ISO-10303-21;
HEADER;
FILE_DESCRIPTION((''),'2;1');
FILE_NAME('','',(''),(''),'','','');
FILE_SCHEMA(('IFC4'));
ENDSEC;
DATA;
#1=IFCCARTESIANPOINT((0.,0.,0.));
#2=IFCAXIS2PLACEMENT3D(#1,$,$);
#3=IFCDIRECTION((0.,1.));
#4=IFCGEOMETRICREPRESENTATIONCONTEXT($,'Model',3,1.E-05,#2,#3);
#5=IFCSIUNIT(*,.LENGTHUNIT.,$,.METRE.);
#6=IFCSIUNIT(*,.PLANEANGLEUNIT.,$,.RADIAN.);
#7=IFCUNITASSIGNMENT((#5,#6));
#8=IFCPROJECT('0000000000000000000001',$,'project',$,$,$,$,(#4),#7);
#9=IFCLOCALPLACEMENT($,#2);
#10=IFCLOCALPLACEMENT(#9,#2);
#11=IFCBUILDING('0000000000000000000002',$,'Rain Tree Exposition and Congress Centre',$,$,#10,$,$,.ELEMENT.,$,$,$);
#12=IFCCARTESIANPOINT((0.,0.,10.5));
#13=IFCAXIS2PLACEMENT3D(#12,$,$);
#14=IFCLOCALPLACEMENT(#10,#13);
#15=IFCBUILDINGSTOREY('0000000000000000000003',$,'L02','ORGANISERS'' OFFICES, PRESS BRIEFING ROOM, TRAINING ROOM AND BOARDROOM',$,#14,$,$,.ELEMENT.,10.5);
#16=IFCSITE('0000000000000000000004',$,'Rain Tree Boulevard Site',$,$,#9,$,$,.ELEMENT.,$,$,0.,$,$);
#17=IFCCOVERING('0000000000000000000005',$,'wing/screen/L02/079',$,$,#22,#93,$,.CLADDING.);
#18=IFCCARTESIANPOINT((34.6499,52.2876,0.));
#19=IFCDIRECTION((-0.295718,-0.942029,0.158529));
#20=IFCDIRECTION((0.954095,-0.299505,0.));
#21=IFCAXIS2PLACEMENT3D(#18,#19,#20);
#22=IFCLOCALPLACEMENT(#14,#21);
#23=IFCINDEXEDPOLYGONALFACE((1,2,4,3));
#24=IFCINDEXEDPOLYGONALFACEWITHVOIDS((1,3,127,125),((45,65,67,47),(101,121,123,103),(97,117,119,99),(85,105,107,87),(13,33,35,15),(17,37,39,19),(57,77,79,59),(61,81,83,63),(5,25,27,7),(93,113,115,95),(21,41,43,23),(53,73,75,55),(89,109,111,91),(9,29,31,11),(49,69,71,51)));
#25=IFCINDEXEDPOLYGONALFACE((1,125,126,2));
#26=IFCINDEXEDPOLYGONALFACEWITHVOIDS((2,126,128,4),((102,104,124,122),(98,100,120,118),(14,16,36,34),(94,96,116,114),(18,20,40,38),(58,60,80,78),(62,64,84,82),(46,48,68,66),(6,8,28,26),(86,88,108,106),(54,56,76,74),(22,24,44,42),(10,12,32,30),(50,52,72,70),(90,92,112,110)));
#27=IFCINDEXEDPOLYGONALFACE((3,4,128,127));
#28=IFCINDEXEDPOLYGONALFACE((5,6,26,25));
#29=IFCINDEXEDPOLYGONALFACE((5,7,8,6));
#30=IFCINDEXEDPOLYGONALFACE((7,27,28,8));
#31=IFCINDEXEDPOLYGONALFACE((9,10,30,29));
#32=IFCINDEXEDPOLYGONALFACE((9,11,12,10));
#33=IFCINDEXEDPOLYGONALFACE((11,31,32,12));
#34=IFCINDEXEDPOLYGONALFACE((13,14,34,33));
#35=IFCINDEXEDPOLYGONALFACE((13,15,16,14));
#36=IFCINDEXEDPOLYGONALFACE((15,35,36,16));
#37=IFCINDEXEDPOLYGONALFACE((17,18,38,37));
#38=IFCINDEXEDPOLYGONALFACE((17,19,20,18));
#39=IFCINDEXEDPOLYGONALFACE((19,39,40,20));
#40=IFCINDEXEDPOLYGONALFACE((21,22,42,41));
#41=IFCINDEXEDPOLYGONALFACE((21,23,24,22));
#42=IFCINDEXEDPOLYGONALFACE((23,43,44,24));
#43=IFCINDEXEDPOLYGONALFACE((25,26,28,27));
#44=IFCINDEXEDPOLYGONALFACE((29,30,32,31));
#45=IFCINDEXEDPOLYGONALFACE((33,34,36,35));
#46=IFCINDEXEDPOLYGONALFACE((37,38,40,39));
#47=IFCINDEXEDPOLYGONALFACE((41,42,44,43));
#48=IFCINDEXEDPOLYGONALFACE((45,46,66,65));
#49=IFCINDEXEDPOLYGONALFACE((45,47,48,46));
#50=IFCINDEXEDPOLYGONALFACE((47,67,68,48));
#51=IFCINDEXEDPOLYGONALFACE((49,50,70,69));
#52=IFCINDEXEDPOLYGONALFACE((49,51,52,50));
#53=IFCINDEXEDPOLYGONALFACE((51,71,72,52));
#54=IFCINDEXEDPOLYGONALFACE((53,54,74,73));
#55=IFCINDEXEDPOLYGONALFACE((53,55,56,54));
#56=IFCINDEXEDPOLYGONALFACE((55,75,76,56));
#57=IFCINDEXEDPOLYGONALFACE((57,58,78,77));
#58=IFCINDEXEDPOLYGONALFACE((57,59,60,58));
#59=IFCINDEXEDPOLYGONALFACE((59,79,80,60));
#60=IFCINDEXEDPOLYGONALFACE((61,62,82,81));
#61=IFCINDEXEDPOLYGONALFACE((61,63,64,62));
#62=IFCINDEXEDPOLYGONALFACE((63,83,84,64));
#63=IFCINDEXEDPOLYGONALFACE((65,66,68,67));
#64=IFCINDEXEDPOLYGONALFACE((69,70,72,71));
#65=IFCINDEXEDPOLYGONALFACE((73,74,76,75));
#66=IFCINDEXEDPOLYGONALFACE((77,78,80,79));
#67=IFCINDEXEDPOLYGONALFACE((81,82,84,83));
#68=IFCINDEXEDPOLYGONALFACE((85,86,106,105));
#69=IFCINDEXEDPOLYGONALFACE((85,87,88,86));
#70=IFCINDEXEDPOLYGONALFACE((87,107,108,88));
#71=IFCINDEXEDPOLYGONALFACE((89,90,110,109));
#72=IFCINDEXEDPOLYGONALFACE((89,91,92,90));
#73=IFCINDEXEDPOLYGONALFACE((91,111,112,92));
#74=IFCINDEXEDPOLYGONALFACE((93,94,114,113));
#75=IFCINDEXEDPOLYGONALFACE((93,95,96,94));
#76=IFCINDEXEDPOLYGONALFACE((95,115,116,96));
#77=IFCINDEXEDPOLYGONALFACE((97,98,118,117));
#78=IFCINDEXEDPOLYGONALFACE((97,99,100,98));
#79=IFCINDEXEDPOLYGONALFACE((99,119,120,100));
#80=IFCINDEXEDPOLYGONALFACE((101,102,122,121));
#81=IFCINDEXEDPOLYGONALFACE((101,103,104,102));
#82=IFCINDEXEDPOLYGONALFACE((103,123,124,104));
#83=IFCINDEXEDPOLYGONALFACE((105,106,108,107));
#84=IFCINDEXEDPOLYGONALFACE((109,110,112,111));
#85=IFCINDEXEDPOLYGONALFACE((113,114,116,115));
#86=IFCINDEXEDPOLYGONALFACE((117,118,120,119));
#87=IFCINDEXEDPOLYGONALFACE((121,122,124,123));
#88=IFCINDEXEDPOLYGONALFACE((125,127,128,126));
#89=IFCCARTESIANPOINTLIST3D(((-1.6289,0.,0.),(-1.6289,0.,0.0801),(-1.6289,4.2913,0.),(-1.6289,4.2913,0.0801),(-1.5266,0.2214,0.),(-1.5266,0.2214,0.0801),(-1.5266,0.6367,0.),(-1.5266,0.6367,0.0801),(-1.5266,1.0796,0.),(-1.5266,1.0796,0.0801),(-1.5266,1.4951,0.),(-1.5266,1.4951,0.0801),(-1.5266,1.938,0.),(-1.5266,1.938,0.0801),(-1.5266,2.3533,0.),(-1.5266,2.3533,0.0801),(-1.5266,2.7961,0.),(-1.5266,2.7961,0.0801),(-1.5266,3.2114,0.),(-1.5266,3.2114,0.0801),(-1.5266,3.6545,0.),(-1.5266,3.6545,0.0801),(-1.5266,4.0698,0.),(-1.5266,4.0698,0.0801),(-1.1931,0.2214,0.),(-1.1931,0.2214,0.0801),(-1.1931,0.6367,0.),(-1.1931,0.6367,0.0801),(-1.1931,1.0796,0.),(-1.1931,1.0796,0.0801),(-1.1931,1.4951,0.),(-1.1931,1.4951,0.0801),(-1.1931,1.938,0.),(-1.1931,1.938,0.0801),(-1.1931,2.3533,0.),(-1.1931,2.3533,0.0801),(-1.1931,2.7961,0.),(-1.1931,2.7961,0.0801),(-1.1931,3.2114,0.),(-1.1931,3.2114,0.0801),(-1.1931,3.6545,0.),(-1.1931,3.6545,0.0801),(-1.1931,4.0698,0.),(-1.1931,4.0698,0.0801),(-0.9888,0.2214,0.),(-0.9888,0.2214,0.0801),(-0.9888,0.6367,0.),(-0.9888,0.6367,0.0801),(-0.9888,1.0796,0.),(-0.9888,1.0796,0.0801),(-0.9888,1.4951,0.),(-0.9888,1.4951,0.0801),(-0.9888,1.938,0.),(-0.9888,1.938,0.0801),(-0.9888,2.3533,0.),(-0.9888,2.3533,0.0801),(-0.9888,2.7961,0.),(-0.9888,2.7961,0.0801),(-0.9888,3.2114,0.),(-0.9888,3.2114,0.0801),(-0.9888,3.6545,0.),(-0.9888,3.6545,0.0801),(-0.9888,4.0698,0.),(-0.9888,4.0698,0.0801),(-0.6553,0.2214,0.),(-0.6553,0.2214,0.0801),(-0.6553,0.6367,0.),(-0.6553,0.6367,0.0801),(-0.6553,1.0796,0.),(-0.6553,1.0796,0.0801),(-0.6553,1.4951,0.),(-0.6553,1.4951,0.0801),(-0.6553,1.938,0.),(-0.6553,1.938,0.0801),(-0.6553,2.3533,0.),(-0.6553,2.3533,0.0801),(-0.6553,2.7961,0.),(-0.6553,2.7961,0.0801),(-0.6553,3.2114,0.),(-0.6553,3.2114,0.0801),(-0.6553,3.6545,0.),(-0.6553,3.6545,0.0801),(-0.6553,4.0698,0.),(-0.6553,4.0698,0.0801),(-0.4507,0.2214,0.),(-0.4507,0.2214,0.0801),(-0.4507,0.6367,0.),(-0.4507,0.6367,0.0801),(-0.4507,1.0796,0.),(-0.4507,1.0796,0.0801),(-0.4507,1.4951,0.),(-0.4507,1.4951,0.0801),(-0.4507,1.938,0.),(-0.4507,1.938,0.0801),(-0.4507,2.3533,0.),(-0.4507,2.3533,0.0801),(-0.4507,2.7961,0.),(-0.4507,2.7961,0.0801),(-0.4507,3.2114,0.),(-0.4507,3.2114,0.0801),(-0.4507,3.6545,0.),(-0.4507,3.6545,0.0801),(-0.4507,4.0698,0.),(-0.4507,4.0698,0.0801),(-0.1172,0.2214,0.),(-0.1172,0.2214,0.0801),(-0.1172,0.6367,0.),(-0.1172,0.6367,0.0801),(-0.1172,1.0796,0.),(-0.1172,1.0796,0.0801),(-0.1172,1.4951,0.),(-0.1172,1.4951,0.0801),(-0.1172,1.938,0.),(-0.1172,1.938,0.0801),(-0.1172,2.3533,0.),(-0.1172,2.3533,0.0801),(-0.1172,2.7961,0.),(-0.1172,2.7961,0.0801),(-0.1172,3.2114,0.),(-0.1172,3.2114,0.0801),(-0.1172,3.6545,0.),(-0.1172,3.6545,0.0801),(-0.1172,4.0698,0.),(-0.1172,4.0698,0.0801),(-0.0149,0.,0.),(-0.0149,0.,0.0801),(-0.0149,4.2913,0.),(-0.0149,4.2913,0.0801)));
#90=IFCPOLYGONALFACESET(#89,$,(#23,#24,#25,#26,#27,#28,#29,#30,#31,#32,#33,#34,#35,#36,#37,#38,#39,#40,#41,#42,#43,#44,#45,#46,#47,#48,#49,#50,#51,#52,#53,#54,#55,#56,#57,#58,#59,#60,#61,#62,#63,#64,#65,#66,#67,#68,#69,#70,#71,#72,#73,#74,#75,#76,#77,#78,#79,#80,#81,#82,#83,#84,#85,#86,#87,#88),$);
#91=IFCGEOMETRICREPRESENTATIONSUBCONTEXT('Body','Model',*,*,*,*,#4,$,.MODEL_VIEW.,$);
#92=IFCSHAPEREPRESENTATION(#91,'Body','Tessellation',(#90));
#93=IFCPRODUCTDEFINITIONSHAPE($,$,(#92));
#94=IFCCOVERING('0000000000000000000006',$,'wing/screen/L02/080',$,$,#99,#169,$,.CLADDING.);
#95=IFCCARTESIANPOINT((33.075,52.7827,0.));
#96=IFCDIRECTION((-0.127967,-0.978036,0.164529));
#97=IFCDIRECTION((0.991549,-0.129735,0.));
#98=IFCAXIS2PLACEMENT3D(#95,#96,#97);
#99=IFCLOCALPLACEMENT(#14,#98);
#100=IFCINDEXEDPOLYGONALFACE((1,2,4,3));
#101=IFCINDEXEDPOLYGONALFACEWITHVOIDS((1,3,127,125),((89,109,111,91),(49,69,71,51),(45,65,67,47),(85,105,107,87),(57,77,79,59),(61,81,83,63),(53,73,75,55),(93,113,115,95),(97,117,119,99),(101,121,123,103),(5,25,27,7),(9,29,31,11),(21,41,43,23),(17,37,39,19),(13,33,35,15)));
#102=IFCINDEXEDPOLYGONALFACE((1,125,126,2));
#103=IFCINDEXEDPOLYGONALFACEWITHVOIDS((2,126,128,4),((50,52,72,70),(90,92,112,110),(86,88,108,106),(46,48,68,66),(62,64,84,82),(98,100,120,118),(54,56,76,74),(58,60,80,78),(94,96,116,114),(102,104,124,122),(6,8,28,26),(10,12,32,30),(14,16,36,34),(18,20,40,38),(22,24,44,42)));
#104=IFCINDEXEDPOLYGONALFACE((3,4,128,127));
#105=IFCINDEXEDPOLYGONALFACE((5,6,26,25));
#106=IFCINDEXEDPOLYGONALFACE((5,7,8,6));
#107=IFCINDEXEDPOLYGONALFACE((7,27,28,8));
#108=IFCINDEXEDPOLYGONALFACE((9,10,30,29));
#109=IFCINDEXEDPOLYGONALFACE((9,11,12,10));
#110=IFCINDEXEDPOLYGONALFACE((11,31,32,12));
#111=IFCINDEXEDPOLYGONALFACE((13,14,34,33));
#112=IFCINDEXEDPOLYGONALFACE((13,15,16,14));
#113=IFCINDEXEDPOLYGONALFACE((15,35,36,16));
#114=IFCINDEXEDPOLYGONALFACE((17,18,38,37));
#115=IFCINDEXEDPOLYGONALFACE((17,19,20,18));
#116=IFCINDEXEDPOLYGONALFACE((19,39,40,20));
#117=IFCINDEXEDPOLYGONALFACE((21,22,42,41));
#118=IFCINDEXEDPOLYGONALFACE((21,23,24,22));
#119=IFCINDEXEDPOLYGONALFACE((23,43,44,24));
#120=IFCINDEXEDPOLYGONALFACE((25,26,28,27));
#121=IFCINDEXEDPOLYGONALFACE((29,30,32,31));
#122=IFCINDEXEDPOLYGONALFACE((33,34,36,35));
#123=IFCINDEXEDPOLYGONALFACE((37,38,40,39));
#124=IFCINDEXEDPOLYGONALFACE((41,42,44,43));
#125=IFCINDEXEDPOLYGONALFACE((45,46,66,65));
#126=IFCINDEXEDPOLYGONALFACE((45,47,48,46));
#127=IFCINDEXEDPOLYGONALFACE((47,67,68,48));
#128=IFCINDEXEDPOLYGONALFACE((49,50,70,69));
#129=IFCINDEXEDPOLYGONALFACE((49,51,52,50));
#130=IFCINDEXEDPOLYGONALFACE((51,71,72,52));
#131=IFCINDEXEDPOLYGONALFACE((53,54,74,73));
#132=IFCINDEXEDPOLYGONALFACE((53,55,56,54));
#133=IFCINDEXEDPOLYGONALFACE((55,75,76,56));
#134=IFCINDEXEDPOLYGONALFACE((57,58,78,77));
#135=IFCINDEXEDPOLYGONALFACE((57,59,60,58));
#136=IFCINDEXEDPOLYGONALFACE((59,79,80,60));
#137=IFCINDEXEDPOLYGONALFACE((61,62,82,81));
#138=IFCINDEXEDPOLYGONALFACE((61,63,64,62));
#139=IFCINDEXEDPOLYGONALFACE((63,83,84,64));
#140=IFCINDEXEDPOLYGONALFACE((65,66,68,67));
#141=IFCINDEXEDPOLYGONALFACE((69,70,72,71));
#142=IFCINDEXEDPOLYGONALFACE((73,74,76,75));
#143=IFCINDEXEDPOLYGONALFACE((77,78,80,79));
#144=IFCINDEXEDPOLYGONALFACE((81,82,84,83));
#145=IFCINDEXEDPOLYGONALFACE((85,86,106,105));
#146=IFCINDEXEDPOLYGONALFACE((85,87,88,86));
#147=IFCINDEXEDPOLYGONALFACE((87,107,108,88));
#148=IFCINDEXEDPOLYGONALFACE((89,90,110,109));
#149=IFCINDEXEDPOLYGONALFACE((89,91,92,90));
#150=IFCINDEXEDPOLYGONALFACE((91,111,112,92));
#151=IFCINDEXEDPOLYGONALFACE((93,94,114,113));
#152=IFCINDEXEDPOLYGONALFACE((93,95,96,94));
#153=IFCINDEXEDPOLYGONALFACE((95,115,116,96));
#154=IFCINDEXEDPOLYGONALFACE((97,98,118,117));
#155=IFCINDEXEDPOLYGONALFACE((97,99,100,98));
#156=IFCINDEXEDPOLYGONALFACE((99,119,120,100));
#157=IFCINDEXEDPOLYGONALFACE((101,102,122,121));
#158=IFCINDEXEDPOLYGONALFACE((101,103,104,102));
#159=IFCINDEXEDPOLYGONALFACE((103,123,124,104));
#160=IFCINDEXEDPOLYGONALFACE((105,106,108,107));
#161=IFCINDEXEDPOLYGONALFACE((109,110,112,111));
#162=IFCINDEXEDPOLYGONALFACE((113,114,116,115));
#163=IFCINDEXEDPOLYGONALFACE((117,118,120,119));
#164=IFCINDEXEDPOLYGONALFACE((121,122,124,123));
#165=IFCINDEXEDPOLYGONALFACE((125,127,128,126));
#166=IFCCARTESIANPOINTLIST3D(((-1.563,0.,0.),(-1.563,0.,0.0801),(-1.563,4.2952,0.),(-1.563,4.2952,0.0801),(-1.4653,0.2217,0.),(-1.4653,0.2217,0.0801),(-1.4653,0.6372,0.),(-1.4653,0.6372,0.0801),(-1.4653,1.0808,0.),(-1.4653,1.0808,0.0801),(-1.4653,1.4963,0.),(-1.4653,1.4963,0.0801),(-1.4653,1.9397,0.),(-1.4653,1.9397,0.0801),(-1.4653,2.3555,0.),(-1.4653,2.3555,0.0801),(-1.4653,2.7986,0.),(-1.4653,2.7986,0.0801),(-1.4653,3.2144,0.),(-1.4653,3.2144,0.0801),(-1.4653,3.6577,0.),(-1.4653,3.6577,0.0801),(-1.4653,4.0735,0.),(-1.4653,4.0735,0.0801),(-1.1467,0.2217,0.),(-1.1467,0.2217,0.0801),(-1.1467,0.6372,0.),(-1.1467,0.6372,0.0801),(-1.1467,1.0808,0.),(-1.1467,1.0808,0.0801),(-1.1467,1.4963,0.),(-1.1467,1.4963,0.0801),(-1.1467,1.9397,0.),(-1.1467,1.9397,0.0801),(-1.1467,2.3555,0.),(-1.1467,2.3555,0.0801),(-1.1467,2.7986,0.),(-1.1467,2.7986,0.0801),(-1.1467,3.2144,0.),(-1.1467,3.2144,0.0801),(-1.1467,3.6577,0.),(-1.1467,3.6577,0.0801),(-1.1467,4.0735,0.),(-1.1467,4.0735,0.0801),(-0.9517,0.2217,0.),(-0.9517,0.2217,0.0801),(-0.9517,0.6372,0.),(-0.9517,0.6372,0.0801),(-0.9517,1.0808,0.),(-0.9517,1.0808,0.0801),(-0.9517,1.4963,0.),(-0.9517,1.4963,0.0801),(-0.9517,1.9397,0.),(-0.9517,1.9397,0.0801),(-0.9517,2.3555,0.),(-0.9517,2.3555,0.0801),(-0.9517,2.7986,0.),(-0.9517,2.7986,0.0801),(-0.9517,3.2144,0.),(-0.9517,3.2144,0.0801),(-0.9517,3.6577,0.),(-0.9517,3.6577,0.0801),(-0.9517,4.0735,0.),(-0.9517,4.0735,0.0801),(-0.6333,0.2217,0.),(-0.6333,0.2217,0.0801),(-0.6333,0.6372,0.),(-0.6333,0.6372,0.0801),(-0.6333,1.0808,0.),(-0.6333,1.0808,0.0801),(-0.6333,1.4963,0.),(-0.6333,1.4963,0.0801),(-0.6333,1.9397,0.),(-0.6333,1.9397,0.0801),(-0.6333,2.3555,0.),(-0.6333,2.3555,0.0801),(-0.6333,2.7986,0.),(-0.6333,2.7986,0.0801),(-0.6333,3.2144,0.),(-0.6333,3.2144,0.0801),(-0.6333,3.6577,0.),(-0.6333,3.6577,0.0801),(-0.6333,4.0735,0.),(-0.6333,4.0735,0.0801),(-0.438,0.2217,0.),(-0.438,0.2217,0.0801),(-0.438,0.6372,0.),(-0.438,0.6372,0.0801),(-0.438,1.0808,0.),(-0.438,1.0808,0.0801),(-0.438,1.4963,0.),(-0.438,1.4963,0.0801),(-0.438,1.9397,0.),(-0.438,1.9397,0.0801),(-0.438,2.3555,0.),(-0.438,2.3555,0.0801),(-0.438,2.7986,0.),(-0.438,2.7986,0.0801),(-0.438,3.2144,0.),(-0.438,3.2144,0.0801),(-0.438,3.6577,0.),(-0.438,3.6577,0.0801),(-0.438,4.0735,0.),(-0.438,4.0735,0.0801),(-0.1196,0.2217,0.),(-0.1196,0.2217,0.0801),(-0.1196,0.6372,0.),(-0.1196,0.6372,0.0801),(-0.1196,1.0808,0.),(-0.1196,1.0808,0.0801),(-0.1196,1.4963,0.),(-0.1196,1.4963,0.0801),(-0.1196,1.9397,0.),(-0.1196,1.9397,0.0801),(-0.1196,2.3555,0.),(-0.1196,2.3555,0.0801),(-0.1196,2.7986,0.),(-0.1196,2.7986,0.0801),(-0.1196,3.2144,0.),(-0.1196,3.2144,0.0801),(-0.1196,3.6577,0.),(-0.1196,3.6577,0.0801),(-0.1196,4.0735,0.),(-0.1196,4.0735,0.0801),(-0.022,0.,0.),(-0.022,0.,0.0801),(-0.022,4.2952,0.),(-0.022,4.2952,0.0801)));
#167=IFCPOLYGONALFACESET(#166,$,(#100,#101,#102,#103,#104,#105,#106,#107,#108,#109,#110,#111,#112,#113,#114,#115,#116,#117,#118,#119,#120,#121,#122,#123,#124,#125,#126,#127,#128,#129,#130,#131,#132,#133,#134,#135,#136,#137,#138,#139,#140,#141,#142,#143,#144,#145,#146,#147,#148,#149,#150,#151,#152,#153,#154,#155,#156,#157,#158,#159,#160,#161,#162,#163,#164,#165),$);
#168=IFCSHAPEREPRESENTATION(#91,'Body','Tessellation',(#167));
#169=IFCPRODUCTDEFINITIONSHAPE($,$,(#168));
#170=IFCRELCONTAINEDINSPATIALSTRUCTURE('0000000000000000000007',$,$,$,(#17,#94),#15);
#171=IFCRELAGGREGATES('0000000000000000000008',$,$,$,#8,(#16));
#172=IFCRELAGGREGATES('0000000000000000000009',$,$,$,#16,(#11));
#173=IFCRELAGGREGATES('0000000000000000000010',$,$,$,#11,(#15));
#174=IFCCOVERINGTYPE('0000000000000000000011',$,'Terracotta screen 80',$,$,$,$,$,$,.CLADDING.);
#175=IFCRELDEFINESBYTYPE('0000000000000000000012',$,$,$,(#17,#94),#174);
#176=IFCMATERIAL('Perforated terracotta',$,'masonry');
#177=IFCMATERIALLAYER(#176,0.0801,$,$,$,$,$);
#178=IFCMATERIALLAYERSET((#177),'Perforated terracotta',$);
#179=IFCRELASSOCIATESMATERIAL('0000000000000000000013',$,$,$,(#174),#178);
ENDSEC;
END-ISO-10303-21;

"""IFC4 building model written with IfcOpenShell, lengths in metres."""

from ifc_helpers import new_model, si_unit, direction, frame, origin, place, context, subcontext, project, spatial, polyline, outline, extrude, material, layer, layer_set, type_object, element, save


model = new_model("IFC4")

# Units and contexts
model_context = context("Model", 3, precision=1e-05, world=origin(), true_north=direction((0.0, 1.0)))
body_context = subcontext(model_context, "Body", "Model", "MODEL_VIEW")
ifc_project = project(units=[si_unit("LENGTHUNIT", "METRE"), si_unit("PLANEANGLEUNIT", "RADIAN")], contexts=[model_context])

# Site, building, storey
site_placement = place(None, origin())
site = spatial("IfcSite", under=ifc_project, at=site_placement, Name="Rain Tree Boulevard Site", CompositionType="ELEMENT", RefElevation=0.0)
building_placement = place(site_placement, origin())
building = spatial("IfcBuilding", under=site, at=building_placement, Name="Rain Tree Exposition and Congress Centre", CompositionType="ELEMENT")
storey_placement = place(building_placement, frame((0.0, 0.0, 10.5)))
storey = spatial("IfcBuildingStorey", under=building, at=storey_placement, Name="L02", Description="ORGANISERS' OFFICES, PRESS BRIEFING ROOM, TRAINING ROOM AND BOARDROOM", CompositionType="ELEMENT", Elevation=10.5)

# Coverings
ifc_material_1 = material(Name="Perforated terracotta", Category="masonry")
ifc_layer_1 = layer(ifc_material_1, 0.0801)
ifc_layer_set_1 = layer_set([ifc_layer_1], Name="Perforated terracotta")
covering_type = type_object("IfcCoveringType", Name="Terracotta screen 80", PredefinedType="CLADDING", material=ifc_layer_set_1)
covering_1_placement = place(storey_placement, frame((34.6499, 52.2876, 0.0), z_axis=(-0.295718, -0.942029, 0.158529), x_axis=(0.954095, -0.299505, 0.0)))
element("IfcCovering", 1, at=covering_1_placement, inside=storey, type_object=covering_type, Name="wing/screen/L02/079", PredefinedType="CLADDING", context=body_context, shape_type="SweptSolid", body=[
    extrude(outline(polyline([(-1.6289, 0.0), (-1.6289, 4.2913), (-0.0149, 4.2913), (-0.0149, 0.0), (-1.6289, 0.0)]), holes=[polyline([(-0.1172, 0.2214), (-0.1172, 0.6367), (-0.4507, 0.6367), (-0.4507, 0.2214), (-0.1172, 0.2214)]), polyline([(-0.1172, 1.0796), (-0.1172, 1.4951), (-0.4507, 1.4951), (-0.4507, 1.0796), (-0.1172, 1.0796)]), polyline([(-0.1172, 1.938), (-0.1172, 2.3533), (-0.4507, 2.3533), (-0.4507, 1.938), (-0.1172, 1.938)]), polyline([(-0.1172, 2.7961), (-0.1172, 3.2114), (-0.4507, 3.2114), (-0.4507, 2.7961), (-0.1172, 2.7961)]), polyline([(-0.1172, 3.6545), (-0.1172, 4.0698), (-0.4507, 4.0698), (-0.4507, 3.6545), (-0.1172, 3.6545)]), polyline([(-0.6553, 0.2214), (-0.6553, 0.6367), (-0.9888, 0.6367), (-0.9888, 0.2214), (-0.6553, 0.2214)]), polyline([(-0.6553, 1.0796), (-0.6553, 1.4951), (-0.9888, 1.4951), (-0.9888, 1.0796), (-0.6553, 1.0796)]), polyline([(-0.6553, 1.938), (-0.6553, 2.3533), (-0.9888, 2.3533), (-0.9888, 1.938), (-0.6553, 1.938)]), polyline([(-0.6553, 2.7961), (-0.6553, 3.2114), (-0.9888, 3.2114), (-0.9888, 2.7961), (-0.6553, 2.7961)]), polyline([(-0.6553, 3.6545), (-0.6553, 4.0698), (-0.9888, 4.0698), (-0.9888, 3.6545), (-0.6553, 3.6545)]), polyline([(-1.1931, 0.2214), (-1.1931, 0.6367), (-1.5266, 0.6367), (-1.5266, 0.2214), (-1.1931, 0.2214)]), polyline([(-1.1931, 1.0796), (-1.1931, 1.4951), (-1.5266, 1.4951), (-1.5266, 1.0796), (-1.1931, 1.0796)]), polyline([(-1.1931, 1.938), (-1.1931, 2.3533), (-1.5266, 2.3533), (-1.5266, 1.938), (-1.1931, 1.938)]), polyline([(-1.1931, 2.7961), (-1.1931, 3.2114), (-1.5266, 3.2114), (-1.5266, 2.7961), (-1.1931, 2.7961)]), polyline([(-1.1931, 3.6545), (-1.1931, 4.0698), (-1.5266, 4.0698), (-1.5266, 3.6545), (-1.1931, 3.6545)])]), origin(), (0.0, 0.0, 1.0), 0.0801),
])
covering_2_placement = place(storey_placement, frame((33.075, 52.7827, 0.0), z_axis=(-0.127967, -0.978036, 0.164529), x_axis=(0.991549, -0.129735, 0.0)))
element("IfcCovering", 2, at=covering_2_placement, inside=storey, type_object=covering_type, Name="wing/screen/L02/080", PredefinedType="CLADDING", context=body_context, shape_type="SweptSolid", body=[
    extrude(outline(polyline([(-1.563, 0.0), (-1.563, 4.2952), (-0.022, 4.2952), (-0.022, 0.0), (-1.563, 0.0)]), holes=[polyline([(-0.1196, 0.2217), (-0.1196, 0.6372), (-0.438, 0.6372), (-0.438, 0.2217), (-0.1196, 0.2217)]), polyline([(-0.1196, 1.0808), (-0.1196, 1.4963), (-0.438, 1.4963), (-0.438, 1.0808), (-0.1196, 1.0808)]), polyline([(-0.1196, 1.9397), (-0.1196, 2.3555), (-0.438, 2.3555), (-0.438, 1.9397), (-0.1196, 1.9397)]), polyline([(-0.1196, 2.7986), (-0.1196, 3.2144), (-0.438, 3.2144), (-0.438, 2.7986), (-0.1196, 2.7986)]), polyline([(-0.1196, 3.6577), (-0.1196, 4.0735), (-0.438, 4.0735), (-0.438, 3.6577), (-0.1196, 3.6577)]), polyline([(-0.6333, 0.2217), (-0.6333, 0.6372), (-0.9517, 0.6372), (-0.9517, 0.2217), (-0.6333, 0.2217)]), polyline([(-0.6333, 1.0808), (-0.6333, 1.4963), (-0.9517, 1.4963), (-0.9517, 1.0808), (-0.6333, 1.0808)]), polyline([(-0.6333, 1.9397), (-0.6333, 2.3555), (-0.9517, 2.3555), (-0.9517, 1.9397), (-0.6333, 1.9397)]), polyline([(-0.6333, 2.7986), (-0.6333, 3.2144), (-0.9517, 3.2144), (-0.9517, 2.7986), (-0.6333, 2.7986)]), polyline([(-0.6333, 3.6577), (-0.6333, 4.0735), (-0.9517, 4.0735), (-0.9517, 3.6577), (-0.6333, 3.6577)]), polyline([(-1.1467, 0.2217), (-1.1467, 0.6372), (-1.4653, 0.6372), (-1.4653, 0.2217), (-1.1467, 0.2217)]), polyline([(-1.1467, 1.0808), (-1.1467, 1.4963), (-1.4653, 1.4963), (-1.4653, 1.0808), (-1.1467, 1.0808)]), polyline([(-1.1467, 1.9397), (-1.1467, 2.3555), (-1.4653, 2.3555), (-1.4653, 1.9397), (-1.1467, 1.9397)]), polyline([(-1.1467, 2.7986), (-1.1467, 3.2144), (-1.4653, 3.2144), (-1.4653, 2.7986), (-1.1467, 2.7986)]), polyline([(-1.1467, 3.6577), (-1.1467, 4.0735), (-1.4653, 4.0735), (-1.4653, 3.6577), (-1.1467, 3.6577)])]), origin(), (0.0, 0.0, 1.0), 0.0801),
])

save(model, "model.ifc")
